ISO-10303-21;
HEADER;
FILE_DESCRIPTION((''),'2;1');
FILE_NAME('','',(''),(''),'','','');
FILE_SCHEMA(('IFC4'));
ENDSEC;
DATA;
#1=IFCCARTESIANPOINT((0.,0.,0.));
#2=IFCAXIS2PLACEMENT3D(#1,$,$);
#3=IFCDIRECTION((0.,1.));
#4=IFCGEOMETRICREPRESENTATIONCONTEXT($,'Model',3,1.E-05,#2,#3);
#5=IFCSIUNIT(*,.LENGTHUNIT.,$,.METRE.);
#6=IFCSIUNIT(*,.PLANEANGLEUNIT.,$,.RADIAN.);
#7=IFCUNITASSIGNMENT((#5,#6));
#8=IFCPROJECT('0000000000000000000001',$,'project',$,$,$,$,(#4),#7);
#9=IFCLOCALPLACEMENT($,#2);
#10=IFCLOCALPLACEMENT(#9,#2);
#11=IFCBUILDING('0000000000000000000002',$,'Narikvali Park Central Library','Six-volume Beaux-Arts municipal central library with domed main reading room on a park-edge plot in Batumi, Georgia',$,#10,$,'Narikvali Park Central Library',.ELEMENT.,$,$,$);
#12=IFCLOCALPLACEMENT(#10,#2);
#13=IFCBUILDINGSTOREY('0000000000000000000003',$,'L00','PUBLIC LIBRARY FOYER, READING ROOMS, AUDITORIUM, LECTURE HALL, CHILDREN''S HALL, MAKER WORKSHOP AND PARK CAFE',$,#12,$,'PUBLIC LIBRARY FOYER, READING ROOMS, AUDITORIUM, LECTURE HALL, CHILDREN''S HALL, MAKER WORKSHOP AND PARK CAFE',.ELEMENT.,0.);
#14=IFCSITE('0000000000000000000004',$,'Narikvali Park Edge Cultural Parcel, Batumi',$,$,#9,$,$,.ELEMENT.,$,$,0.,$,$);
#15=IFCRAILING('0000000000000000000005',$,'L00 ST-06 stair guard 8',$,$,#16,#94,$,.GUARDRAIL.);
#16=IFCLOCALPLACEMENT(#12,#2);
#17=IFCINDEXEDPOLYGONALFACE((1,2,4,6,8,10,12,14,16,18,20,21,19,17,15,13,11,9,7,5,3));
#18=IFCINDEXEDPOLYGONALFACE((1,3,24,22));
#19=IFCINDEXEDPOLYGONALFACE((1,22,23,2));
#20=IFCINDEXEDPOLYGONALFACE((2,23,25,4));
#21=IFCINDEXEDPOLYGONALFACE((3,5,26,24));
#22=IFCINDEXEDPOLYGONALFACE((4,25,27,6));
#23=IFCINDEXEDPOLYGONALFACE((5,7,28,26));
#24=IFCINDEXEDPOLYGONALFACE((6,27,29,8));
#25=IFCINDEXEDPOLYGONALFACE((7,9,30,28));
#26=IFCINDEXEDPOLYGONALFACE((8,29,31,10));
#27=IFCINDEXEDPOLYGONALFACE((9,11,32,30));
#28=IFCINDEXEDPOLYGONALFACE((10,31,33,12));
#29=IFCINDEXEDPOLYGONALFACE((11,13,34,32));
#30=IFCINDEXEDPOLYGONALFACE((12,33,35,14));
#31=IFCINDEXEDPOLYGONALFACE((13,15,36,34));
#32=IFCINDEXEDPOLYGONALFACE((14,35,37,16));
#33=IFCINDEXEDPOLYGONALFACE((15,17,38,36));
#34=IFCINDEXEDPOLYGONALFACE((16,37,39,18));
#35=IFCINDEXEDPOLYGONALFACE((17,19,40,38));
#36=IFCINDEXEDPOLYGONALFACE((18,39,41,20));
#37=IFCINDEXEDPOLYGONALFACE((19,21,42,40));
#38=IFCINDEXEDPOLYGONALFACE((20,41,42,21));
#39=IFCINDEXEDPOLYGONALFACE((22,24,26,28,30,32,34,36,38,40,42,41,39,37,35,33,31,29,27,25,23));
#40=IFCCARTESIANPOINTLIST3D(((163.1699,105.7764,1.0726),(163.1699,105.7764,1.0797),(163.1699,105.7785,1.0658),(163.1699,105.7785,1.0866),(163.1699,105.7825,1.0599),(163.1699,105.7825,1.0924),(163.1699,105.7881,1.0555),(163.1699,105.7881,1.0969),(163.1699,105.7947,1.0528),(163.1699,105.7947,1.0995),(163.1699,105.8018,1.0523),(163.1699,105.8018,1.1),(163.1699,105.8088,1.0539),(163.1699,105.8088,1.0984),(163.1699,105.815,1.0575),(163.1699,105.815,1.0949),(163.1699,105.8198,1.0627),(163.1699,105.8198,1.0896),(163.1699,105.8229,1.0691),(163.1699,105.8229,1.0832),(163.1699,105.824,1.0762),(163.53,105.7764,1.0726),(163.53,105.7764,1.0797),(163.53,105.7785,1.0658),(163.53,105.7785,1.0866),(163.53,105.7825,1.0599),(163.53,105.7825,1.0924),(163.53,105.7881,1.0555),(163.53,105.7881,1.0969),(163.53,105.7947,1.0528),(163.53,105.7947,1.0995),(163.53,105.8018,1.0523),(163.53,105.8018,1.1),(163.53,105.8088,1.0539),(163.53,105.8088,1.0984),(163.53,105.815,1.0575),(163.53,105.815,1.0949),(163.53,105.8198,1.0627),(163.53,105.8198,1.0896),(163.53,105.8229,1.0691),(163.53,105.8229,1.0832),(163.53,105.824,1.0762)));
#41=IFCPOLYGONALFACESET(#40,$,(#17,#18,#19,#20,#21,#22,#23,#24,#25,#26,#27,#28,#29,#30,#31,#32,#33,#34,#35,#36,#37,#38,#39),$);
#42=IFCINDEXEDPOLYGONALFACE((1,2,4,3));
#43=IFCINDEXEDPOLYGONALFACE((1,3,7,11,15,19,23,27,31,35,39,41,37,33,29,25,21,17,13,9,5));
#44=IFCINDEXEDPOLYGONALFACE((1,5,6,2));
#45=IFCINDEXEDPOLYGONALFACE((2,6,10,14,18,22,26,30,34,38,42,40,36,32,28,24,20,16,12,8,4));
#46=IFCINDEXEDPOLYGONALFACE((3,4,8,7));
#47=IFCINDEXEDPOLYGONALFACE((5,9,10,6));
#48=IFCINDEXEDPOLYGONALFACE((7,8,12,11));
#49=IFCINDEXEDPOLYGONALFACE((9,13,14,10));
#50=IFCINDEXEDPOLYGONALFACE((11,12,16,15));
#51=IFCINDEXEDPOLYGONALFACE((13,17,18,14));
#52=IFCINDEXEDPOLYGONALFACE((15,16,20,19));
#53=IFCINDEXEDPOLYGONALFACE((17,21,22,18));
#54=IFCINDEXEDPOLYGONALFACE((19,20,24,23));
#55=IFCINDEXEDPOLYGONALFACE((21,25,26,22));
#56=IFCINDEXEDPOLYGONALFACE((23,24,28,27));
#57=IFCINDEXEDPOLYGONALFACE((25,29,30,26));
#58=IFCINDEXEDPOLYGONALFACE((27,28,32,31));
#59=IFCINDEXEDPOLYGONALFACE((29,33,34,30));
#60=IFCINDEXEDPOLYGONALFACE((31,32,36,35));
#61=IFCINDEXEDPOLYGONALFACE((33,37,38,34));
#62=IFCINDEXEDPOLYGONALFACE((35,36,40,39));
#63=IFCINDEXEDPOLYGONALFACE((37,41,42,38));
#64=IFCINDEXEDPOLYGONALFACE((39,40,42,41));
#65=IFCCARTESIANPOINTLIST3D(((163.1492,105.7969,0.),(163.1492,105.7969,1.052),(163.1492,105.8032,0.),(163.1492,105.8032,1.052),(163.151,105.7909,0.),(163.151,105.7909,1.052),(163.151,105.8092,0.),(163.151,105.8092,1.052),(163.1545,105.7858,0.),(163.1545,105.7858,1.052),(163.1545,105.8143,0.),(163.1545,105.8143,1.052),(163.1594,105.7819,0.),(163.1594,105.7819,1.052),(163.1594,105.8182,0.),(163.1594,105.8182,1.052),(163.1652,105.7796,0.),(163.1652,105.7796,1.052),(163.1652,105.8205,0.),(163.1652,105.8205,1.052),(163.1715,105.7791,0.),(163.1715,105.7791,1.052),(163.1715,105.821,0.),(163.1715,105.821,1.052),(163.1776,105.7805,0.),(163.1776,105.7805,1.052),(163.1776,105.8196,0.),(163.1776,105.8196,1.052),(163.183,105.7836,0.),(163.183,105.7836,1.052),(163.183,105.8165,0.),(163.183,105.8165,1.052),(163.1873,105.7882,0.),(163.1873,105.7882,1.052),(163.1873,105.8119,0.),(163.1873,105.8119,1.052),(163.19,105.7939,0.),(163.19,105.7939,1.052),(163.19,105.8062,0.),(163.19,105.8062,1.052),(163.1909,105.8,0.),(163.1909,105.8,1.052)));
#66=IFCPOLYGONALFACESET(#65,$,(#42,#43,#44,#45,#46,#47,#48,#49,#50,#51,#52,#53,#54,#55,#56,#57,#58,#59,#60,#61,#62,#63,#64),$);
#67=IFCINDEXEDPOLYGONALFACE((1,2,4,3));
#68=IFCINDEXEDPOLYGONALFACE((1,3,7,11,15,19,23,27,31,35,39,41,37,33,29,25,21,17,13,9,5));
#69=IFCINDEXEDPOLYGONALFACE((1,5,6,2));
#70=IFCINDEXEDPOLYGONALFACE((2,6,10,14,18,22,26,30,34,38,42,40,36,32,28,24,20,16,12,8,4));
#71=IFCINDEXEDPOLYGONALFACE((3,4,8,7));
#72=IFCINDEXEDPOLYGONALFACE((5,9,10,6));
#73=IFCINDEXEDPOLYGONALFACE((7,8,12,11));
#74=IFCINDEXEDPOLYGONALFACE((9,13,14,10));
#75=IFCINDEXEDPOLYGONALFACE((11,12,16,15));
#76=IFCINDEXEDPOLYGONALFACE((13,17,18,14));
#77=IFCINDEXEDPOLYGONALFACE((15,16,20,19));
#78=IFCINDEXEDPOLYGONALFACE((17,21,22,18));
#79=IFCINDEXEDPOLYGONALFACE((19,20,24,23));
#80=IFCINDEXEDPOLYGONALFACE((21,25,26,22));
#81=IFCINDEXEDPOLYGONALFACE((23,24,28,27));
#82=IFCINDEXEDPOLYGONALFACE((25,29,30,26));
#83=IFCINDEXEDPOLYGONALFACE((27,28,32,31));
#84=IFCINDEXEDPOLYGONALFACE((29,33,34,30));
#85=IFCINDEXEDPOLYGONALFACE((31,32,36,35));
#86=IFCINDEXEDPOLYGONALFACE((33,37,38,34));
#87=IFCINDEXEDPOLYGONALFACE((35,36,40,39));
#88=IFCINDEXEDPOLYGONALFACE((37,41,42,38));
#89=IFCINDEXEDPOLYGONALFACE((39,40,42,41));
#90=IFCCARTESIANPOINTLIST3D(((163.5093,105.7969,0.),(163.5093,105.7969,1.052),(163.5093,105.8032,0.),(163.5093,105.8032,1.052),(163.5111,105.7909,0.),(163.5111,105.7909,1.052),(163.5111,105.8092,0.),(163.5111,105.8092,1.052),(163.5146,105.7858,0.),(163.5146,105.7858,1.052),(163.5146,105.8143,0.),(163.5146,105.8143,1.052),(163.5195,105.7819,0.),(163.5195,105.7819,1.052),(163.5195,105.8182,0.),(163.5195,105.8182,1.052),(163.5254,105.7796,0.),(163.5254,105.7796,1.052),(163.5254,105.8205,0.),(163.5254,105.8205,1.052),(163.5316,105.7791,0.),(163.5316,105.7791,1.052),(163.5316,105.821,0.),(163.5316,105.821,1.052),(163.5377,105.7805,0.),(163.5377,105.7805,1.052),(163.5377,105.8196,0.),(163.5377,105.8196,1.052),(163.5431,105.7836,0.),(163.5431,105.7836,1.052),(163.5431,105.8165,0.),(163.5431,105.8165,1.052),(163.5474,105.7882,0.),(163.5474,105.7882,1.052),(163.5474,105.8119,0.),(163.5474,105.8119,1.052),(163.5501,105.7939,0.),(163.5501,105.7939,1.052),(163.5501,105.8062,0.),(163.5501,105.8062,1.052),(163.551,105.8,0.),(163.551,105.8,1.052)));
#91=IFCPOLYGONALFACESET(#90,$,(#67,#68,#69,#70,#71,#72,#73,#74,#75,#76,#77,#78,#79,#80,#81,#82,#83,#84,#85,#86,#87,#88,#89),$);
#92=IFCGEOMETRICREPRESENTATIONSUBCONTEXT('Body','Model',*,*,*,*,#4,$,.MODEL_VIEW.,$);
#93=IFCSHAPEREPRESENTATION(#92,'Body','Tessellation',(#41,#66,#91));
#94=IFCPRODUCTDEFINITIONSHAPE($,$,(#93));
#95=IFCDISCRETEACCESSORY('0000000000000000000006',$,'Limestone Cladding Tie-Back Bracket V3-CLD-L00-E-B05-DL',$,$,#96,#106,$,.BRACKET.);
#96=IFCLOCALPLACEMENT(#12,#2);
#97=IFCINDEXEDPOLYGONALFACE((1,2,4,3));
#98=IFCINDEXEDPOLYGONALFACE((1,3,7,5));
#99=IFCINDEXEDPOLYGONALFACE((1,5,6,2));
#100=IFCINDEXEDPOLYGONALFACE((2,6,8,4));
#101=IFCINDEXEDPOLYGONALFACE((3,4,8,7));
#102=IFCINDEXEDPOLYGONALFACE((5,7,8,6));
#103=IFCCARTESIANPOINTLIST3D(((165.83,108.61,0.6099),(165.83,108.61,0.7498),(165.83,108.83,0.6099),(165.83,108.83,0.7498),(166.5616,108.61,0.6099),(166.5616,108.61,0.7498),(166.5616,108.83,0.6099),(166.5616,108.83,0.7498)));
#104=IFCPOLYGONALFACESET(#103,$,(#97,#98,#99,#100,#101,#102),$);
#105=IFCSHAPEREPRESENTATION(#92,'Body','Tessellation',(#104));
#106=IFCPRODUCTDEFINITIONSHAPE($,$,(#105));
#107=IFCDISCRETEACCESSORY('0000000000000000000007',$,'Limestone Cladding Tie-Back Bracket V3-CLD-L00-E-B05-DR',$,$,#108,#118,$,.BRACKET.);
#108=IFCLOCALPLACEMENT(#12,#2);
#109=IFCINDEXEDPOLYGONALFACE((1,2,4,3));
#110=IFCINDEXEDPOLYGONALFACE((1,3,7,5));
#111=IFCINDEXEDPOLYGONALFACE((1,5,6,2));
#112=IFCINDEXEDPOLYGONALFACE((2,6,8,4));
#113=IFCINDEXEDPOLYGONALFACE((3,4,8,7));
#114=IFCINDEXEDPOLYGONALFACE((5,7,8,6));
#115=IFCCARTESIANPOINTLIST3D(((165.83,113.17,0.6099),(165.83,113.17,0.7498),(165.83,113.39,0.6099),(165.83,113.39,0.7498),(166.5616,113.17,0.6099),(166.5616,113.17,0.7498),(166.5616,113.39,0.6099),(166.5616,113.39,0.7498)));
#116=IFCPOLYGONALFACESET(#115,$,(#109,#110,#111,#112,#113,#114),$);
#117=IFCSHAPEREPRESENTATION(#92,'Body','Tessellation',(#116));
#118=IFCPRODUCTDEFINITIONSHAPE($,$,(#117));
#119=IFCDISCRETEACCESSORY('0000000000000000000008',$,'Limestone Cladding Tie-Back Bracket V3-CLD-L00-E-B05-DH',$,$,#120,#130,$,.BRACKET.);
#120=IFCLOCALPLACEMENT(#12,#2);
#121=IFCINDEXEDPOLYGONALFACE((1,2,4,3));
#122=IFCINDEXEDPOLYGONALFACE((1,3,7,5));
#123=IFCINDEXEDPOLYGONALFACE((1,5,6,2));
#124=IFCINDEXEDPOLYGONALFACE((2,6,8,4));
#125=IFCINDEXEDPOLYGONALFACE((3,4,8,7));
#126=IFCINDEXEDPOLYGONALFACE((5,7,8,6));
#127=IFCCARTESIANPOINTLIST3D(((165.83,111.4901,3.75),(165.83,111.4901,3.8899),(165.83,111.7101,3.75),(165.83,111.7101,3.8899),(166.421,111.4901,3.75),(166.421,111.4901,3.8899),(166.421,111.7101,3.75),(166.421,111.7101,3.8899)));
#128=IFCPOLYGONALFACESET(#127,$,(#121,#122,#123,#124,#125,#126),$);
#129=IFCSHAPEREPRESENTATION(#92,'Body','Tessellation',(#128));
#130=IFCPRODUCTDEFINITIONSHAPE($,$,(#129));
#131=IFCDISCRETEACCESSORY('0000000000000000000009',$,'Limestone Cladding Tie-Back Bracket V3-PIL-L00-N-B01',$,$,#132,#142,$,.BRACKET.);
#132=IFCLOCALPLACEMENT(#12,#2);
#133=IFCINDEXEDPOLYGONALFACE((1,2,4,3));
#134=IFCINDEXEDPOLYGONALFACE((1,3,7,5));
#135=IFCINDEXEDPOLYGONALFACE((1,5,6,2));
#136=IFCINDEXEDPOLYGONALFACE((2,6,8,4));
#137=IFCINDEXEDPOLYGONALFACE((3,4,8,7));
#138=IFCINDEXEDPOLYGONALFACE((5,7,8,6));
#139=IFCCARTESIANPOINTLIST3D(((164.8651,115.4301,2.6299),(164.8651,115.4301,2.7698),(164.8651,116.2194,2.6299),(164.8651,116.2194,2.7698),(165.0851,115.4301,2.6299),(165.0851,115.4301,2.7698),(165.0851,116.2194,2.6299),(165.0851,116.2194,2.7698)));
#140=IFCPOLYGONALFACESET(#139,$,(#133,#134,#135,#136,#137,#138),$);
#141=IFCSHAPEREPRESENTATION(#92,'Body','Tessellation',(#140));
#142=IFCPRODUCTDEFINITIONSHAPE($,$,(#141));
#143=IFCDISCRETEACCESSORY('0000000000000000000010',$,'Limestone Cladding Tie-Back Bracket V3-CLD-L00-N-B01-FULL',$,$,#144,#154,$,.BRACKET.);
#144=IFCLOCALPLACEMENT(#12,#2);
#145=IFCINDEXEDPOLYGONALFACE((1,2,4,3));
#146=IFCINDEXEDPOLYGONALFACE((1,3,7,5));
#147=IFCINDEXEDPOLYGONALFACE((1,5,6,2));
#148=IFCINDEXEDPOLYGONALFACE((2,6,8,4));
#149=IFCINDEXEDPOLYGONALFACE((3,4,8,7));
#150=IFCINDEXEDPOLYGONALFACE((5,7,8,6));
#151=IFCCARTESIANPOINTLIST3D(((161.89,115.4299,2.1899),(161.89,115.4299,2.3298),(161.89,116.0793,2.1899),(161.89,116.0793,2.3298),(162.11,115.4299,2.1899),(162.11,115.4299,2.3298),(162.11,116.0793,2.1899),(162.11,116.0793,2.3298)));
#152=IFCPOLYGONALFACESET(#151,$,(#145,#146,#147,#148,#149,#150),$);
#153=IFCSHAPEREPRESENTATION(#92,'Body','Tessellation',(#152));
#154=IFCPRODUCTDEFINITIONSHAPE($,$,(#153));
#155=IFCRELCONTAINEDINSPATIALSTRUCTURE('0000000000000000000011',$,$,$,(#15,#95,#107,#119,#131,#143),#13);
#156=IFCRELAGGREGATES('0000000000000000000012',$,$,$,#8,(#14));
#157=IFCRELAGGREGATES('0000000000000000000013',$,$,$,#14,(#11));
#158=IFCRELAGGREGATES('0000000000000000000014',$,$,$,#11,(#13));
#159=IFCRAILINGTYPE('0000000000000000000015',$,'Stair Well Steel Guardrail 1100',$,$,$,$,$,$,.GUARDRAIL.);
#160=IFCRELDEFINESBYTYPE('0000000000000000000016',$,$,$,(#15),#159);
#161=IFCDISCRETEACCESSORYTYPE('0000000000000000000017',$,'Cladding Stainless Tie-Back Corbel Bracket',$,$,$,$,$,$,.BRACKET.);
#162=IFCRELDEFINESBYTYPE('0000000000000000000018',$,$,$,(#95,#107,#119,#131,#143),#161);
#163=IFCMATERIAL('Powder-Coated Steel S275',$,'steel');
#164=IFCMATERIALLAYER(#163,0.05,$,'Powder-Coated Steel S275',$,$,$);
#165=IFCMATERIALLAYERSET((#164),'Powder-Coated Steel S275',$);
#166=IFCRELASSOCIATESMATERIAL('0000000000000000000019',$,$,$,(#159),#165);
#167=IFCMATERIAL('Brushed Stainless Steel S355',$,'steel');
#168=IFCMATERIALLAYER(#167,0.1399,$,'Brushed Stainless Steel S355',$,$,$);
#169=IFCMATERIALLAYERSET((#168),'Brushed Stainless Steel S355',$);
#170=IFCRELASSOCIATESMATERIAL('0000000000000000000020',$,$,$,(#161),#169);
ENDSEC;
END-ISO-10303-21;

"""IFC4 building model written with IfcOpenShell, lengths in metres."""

from ifc_helpers import new_model, si_unit, direction, frame, origin, origin_2d, place, context, subcontext, project, spatial, rectangle, circle, extrude, material, layer, layer_set, type_object, element, save


model = new_model("IFC4")

# Units and contexts
model_context = context("Model", 3, precision=1e-05, world=origin(), true_north=direction((0.0, 1.0)))
body_context = subcontext(model_context, "Body", "Model", "MODEL_VIEW")
ifc_project = project(units=[si_unit("LENGTHUNIT", "METRE"), si_unit("PLANEANGLEUNIT", "RADIAN")], contexts=[model_context])

# Site, building, storey
site_placement = place(None, origin())
site = spatial("IfcSite", under=ifc_project, at=site_placement, Name="Narikvali Park Edge Cultural Parcel, Batumi", CompositionType="ELEMENT", RefElevation=0.0)
building_placement = place(site_placement, origin())
building = spatial("IfcBuilding", under=site, at=building_placement, Name="Narikvali Park Central Library", Description="Six-volume Beaux-Arts municipal central library with domed main reading room on a park-edge plot in Batumi, Georgia", LongName="Narikvali Park Central Library", CompositionType="ELEMENT")
storey_placement = place(building_placement, origin())
storey = spatial("IfcBuildingStorey", under=building, at=storey_placement, Name="L00", Description="PUBLIC LIBRARY FOYER, READING ROOMS, AUDITORIUM, LECTURE HALL, CHILDREN'S HALL, MAKER WORKSHOP AND PARK CAFE", LongName="PUBLIC LIBRARY FOYER, READING ROOMS, AUDITORIUM, LECTURE HALL, CHILDREN'S HALL, MAKER WORKSHOP AND PARK CAFE", CompositionType="ELEMENT", Elevation=0.0)

# Railing
ifc_material_1 = material(Name="Powder-Coated Steel S275", Category="steel")
ifc_layer_1 = layer(ifc_material_1, 0.05, Name="Powder-Coated Steel S275")
ifc_layer_set_1 = layer_set([ifc_layer_1], Name="Powder-Coated Steel S275")
railing_type = type_object("IfcRailingType", Name="Stair Well Steel Guardrail 1100", PredefinedType="GUARDRAIL", material=ifc_layer_set_1)
railing_1_placement = place(storey_placement, frame((163.1699, 105.8, 0.0)))
element("IfcRailing", 1, at=railing_1_placement, inside=storey, type_object=railing_type, Name="L00 ST-06 stair guard 8", PredefinedType="GUARDRAIL", context=body_context, shape_type="SweptSolid", body=[
    extrude(circle(Radius=0.0239, at=origin_2d()), frame((0.0, 0.0, 1.0762), z_axis=(1.0, 0.0, 0.0), x_axis=(0.0, 1.0, 0.0)), (0.0, 0.0, 1.0), 0.3601),
    extrude(circle(Radius=0.021, at=origin_2d()), origin(), (0.0, 0.0, 1.0), 1.052),
    extrude(circle(Radius=0.021, at=origin_2d()), frame((0.3601, 0.0, 0.0)), (0.0, 0.0, 1.0), 1.052),
])

# Discrete accessories
ifc_material_2 = material(Name="Brushed Stainless Steel S355", Category="steel")
ifc_layer_2 = layer(ifc_material_2, 0.1399, Name="Brushed Stainless Steel S355")
ifc_layer_set_2 = layer_set([ifc_layer_2], Name="Brushed Stainless Steel S355")
discrete_accessory_type = type_object("IfcDiscreteAccessoryType", Name="Cladding Stainless Tie-Back Corbel Bracket", PredefinedType="BRACKET", material=ifc_layer_set_2)
for number, where, z_axis, x_axis, name in (
    (2, (166.1958, 108.72, 0.6099), (0.0, 0.0, 1.0), (1.0, 0.0, 0.0), "Limestone Cladding Tie-Back Bracket V3-CLD-L00-E-B05-DL"),
    (3, (166.1958, 113.28, 0.6099), (0.0, 0.0, 1.0), (1.0, 0.0, 0.0), "Limestone Cladding Tie-Back Bracket V3-CLD-L00-E-B05-DR"),
):
    element("IfcDiscreteAccessory", number, at=place(storey_placement, frame(where, z_axis=z_axis, x_axis=x_axis)), inside=storey, type_object=discrete_accessory_type, Name=name, PredefinedType="BRACKET", context=body_context, shape_type="SweptSolid", body=[
        extrude(rectangle(XDim=0.7317, YDim=0.22, at=origin_2d()), origin(), (0.0, 0.0, 1.0), 0.1399),
    ])
discrete_accessory_1_placement = place(storey_placement, frame((166.1255, 111.6001, 3.75), z_axis=(0.0, 0.0, 1.0), x_axis=(1.0, 0.0, 0.0)))
element("IfcDiscreteAccessory", 4, at=discrete_accessory_1_placement, inside=storey, type_object=discrete_accessory_type, Name="Limestone Cladding Tie-Back Bracket V3-CLD-L00-E-B05-DH", PredefinedType="BRACKET", context=body_context, shape_type="SweptSolid", body=[
    extrude(rectangle(XDim=0.5911, YDim=0.22, at=origin_2d()), origin(), (0.0, 0.0, 1.0), 0.1399),
])
discrete_accessory_2_placement = place(storey_placement, frame((164.9751, 115.8247, 2.6299), z_axis=(0.0, 0.0, 1.0), x_axis=(1.0, 0.0, 0.0)))
element("IfcDiscreteAccessory", 5, at=discrete_accessory_2_placement, inside=storey, type_object=discrete_accessory_type, Name="Limestone Cladding Tie-Back Bracket V3-PIL-L00-N-B01", PredefinedType="BRACKET", context=body_context, shape_type="SweptSolid", body=[
    extrude(rectangle(XDim=0.22, YDim=0.7893, at=origin_2d()), origin(), (0.0, 0.0, 1.0), 0.1399),
])
discrete_accessory_3_placement = place(storey_placement, frame((162.0, 115.7546, 2.1899), z_axis=(0.0, 0.0, 1.0), x_axis=(1.0, 0.0, 0.0)))
element("IfcDiscreteAccessory", 6, at=discrete_accessory_3_placement, inside=storey, type_object=discrete_accessory_type, Name="Limestone Cladding Tie-Back Bracket V3-CLD-L00-N-B01-FULL", PredefinedType="BRACKET", context=body_context, shape_type="SweptSolid", body=[
    extrude(rectangle(XDim=0.22, YDim=0.6494, at=origin_2d()), origin(), (0.0, 0.0, 1.0), 0.1399),
])

save(model, "model.ifc")
